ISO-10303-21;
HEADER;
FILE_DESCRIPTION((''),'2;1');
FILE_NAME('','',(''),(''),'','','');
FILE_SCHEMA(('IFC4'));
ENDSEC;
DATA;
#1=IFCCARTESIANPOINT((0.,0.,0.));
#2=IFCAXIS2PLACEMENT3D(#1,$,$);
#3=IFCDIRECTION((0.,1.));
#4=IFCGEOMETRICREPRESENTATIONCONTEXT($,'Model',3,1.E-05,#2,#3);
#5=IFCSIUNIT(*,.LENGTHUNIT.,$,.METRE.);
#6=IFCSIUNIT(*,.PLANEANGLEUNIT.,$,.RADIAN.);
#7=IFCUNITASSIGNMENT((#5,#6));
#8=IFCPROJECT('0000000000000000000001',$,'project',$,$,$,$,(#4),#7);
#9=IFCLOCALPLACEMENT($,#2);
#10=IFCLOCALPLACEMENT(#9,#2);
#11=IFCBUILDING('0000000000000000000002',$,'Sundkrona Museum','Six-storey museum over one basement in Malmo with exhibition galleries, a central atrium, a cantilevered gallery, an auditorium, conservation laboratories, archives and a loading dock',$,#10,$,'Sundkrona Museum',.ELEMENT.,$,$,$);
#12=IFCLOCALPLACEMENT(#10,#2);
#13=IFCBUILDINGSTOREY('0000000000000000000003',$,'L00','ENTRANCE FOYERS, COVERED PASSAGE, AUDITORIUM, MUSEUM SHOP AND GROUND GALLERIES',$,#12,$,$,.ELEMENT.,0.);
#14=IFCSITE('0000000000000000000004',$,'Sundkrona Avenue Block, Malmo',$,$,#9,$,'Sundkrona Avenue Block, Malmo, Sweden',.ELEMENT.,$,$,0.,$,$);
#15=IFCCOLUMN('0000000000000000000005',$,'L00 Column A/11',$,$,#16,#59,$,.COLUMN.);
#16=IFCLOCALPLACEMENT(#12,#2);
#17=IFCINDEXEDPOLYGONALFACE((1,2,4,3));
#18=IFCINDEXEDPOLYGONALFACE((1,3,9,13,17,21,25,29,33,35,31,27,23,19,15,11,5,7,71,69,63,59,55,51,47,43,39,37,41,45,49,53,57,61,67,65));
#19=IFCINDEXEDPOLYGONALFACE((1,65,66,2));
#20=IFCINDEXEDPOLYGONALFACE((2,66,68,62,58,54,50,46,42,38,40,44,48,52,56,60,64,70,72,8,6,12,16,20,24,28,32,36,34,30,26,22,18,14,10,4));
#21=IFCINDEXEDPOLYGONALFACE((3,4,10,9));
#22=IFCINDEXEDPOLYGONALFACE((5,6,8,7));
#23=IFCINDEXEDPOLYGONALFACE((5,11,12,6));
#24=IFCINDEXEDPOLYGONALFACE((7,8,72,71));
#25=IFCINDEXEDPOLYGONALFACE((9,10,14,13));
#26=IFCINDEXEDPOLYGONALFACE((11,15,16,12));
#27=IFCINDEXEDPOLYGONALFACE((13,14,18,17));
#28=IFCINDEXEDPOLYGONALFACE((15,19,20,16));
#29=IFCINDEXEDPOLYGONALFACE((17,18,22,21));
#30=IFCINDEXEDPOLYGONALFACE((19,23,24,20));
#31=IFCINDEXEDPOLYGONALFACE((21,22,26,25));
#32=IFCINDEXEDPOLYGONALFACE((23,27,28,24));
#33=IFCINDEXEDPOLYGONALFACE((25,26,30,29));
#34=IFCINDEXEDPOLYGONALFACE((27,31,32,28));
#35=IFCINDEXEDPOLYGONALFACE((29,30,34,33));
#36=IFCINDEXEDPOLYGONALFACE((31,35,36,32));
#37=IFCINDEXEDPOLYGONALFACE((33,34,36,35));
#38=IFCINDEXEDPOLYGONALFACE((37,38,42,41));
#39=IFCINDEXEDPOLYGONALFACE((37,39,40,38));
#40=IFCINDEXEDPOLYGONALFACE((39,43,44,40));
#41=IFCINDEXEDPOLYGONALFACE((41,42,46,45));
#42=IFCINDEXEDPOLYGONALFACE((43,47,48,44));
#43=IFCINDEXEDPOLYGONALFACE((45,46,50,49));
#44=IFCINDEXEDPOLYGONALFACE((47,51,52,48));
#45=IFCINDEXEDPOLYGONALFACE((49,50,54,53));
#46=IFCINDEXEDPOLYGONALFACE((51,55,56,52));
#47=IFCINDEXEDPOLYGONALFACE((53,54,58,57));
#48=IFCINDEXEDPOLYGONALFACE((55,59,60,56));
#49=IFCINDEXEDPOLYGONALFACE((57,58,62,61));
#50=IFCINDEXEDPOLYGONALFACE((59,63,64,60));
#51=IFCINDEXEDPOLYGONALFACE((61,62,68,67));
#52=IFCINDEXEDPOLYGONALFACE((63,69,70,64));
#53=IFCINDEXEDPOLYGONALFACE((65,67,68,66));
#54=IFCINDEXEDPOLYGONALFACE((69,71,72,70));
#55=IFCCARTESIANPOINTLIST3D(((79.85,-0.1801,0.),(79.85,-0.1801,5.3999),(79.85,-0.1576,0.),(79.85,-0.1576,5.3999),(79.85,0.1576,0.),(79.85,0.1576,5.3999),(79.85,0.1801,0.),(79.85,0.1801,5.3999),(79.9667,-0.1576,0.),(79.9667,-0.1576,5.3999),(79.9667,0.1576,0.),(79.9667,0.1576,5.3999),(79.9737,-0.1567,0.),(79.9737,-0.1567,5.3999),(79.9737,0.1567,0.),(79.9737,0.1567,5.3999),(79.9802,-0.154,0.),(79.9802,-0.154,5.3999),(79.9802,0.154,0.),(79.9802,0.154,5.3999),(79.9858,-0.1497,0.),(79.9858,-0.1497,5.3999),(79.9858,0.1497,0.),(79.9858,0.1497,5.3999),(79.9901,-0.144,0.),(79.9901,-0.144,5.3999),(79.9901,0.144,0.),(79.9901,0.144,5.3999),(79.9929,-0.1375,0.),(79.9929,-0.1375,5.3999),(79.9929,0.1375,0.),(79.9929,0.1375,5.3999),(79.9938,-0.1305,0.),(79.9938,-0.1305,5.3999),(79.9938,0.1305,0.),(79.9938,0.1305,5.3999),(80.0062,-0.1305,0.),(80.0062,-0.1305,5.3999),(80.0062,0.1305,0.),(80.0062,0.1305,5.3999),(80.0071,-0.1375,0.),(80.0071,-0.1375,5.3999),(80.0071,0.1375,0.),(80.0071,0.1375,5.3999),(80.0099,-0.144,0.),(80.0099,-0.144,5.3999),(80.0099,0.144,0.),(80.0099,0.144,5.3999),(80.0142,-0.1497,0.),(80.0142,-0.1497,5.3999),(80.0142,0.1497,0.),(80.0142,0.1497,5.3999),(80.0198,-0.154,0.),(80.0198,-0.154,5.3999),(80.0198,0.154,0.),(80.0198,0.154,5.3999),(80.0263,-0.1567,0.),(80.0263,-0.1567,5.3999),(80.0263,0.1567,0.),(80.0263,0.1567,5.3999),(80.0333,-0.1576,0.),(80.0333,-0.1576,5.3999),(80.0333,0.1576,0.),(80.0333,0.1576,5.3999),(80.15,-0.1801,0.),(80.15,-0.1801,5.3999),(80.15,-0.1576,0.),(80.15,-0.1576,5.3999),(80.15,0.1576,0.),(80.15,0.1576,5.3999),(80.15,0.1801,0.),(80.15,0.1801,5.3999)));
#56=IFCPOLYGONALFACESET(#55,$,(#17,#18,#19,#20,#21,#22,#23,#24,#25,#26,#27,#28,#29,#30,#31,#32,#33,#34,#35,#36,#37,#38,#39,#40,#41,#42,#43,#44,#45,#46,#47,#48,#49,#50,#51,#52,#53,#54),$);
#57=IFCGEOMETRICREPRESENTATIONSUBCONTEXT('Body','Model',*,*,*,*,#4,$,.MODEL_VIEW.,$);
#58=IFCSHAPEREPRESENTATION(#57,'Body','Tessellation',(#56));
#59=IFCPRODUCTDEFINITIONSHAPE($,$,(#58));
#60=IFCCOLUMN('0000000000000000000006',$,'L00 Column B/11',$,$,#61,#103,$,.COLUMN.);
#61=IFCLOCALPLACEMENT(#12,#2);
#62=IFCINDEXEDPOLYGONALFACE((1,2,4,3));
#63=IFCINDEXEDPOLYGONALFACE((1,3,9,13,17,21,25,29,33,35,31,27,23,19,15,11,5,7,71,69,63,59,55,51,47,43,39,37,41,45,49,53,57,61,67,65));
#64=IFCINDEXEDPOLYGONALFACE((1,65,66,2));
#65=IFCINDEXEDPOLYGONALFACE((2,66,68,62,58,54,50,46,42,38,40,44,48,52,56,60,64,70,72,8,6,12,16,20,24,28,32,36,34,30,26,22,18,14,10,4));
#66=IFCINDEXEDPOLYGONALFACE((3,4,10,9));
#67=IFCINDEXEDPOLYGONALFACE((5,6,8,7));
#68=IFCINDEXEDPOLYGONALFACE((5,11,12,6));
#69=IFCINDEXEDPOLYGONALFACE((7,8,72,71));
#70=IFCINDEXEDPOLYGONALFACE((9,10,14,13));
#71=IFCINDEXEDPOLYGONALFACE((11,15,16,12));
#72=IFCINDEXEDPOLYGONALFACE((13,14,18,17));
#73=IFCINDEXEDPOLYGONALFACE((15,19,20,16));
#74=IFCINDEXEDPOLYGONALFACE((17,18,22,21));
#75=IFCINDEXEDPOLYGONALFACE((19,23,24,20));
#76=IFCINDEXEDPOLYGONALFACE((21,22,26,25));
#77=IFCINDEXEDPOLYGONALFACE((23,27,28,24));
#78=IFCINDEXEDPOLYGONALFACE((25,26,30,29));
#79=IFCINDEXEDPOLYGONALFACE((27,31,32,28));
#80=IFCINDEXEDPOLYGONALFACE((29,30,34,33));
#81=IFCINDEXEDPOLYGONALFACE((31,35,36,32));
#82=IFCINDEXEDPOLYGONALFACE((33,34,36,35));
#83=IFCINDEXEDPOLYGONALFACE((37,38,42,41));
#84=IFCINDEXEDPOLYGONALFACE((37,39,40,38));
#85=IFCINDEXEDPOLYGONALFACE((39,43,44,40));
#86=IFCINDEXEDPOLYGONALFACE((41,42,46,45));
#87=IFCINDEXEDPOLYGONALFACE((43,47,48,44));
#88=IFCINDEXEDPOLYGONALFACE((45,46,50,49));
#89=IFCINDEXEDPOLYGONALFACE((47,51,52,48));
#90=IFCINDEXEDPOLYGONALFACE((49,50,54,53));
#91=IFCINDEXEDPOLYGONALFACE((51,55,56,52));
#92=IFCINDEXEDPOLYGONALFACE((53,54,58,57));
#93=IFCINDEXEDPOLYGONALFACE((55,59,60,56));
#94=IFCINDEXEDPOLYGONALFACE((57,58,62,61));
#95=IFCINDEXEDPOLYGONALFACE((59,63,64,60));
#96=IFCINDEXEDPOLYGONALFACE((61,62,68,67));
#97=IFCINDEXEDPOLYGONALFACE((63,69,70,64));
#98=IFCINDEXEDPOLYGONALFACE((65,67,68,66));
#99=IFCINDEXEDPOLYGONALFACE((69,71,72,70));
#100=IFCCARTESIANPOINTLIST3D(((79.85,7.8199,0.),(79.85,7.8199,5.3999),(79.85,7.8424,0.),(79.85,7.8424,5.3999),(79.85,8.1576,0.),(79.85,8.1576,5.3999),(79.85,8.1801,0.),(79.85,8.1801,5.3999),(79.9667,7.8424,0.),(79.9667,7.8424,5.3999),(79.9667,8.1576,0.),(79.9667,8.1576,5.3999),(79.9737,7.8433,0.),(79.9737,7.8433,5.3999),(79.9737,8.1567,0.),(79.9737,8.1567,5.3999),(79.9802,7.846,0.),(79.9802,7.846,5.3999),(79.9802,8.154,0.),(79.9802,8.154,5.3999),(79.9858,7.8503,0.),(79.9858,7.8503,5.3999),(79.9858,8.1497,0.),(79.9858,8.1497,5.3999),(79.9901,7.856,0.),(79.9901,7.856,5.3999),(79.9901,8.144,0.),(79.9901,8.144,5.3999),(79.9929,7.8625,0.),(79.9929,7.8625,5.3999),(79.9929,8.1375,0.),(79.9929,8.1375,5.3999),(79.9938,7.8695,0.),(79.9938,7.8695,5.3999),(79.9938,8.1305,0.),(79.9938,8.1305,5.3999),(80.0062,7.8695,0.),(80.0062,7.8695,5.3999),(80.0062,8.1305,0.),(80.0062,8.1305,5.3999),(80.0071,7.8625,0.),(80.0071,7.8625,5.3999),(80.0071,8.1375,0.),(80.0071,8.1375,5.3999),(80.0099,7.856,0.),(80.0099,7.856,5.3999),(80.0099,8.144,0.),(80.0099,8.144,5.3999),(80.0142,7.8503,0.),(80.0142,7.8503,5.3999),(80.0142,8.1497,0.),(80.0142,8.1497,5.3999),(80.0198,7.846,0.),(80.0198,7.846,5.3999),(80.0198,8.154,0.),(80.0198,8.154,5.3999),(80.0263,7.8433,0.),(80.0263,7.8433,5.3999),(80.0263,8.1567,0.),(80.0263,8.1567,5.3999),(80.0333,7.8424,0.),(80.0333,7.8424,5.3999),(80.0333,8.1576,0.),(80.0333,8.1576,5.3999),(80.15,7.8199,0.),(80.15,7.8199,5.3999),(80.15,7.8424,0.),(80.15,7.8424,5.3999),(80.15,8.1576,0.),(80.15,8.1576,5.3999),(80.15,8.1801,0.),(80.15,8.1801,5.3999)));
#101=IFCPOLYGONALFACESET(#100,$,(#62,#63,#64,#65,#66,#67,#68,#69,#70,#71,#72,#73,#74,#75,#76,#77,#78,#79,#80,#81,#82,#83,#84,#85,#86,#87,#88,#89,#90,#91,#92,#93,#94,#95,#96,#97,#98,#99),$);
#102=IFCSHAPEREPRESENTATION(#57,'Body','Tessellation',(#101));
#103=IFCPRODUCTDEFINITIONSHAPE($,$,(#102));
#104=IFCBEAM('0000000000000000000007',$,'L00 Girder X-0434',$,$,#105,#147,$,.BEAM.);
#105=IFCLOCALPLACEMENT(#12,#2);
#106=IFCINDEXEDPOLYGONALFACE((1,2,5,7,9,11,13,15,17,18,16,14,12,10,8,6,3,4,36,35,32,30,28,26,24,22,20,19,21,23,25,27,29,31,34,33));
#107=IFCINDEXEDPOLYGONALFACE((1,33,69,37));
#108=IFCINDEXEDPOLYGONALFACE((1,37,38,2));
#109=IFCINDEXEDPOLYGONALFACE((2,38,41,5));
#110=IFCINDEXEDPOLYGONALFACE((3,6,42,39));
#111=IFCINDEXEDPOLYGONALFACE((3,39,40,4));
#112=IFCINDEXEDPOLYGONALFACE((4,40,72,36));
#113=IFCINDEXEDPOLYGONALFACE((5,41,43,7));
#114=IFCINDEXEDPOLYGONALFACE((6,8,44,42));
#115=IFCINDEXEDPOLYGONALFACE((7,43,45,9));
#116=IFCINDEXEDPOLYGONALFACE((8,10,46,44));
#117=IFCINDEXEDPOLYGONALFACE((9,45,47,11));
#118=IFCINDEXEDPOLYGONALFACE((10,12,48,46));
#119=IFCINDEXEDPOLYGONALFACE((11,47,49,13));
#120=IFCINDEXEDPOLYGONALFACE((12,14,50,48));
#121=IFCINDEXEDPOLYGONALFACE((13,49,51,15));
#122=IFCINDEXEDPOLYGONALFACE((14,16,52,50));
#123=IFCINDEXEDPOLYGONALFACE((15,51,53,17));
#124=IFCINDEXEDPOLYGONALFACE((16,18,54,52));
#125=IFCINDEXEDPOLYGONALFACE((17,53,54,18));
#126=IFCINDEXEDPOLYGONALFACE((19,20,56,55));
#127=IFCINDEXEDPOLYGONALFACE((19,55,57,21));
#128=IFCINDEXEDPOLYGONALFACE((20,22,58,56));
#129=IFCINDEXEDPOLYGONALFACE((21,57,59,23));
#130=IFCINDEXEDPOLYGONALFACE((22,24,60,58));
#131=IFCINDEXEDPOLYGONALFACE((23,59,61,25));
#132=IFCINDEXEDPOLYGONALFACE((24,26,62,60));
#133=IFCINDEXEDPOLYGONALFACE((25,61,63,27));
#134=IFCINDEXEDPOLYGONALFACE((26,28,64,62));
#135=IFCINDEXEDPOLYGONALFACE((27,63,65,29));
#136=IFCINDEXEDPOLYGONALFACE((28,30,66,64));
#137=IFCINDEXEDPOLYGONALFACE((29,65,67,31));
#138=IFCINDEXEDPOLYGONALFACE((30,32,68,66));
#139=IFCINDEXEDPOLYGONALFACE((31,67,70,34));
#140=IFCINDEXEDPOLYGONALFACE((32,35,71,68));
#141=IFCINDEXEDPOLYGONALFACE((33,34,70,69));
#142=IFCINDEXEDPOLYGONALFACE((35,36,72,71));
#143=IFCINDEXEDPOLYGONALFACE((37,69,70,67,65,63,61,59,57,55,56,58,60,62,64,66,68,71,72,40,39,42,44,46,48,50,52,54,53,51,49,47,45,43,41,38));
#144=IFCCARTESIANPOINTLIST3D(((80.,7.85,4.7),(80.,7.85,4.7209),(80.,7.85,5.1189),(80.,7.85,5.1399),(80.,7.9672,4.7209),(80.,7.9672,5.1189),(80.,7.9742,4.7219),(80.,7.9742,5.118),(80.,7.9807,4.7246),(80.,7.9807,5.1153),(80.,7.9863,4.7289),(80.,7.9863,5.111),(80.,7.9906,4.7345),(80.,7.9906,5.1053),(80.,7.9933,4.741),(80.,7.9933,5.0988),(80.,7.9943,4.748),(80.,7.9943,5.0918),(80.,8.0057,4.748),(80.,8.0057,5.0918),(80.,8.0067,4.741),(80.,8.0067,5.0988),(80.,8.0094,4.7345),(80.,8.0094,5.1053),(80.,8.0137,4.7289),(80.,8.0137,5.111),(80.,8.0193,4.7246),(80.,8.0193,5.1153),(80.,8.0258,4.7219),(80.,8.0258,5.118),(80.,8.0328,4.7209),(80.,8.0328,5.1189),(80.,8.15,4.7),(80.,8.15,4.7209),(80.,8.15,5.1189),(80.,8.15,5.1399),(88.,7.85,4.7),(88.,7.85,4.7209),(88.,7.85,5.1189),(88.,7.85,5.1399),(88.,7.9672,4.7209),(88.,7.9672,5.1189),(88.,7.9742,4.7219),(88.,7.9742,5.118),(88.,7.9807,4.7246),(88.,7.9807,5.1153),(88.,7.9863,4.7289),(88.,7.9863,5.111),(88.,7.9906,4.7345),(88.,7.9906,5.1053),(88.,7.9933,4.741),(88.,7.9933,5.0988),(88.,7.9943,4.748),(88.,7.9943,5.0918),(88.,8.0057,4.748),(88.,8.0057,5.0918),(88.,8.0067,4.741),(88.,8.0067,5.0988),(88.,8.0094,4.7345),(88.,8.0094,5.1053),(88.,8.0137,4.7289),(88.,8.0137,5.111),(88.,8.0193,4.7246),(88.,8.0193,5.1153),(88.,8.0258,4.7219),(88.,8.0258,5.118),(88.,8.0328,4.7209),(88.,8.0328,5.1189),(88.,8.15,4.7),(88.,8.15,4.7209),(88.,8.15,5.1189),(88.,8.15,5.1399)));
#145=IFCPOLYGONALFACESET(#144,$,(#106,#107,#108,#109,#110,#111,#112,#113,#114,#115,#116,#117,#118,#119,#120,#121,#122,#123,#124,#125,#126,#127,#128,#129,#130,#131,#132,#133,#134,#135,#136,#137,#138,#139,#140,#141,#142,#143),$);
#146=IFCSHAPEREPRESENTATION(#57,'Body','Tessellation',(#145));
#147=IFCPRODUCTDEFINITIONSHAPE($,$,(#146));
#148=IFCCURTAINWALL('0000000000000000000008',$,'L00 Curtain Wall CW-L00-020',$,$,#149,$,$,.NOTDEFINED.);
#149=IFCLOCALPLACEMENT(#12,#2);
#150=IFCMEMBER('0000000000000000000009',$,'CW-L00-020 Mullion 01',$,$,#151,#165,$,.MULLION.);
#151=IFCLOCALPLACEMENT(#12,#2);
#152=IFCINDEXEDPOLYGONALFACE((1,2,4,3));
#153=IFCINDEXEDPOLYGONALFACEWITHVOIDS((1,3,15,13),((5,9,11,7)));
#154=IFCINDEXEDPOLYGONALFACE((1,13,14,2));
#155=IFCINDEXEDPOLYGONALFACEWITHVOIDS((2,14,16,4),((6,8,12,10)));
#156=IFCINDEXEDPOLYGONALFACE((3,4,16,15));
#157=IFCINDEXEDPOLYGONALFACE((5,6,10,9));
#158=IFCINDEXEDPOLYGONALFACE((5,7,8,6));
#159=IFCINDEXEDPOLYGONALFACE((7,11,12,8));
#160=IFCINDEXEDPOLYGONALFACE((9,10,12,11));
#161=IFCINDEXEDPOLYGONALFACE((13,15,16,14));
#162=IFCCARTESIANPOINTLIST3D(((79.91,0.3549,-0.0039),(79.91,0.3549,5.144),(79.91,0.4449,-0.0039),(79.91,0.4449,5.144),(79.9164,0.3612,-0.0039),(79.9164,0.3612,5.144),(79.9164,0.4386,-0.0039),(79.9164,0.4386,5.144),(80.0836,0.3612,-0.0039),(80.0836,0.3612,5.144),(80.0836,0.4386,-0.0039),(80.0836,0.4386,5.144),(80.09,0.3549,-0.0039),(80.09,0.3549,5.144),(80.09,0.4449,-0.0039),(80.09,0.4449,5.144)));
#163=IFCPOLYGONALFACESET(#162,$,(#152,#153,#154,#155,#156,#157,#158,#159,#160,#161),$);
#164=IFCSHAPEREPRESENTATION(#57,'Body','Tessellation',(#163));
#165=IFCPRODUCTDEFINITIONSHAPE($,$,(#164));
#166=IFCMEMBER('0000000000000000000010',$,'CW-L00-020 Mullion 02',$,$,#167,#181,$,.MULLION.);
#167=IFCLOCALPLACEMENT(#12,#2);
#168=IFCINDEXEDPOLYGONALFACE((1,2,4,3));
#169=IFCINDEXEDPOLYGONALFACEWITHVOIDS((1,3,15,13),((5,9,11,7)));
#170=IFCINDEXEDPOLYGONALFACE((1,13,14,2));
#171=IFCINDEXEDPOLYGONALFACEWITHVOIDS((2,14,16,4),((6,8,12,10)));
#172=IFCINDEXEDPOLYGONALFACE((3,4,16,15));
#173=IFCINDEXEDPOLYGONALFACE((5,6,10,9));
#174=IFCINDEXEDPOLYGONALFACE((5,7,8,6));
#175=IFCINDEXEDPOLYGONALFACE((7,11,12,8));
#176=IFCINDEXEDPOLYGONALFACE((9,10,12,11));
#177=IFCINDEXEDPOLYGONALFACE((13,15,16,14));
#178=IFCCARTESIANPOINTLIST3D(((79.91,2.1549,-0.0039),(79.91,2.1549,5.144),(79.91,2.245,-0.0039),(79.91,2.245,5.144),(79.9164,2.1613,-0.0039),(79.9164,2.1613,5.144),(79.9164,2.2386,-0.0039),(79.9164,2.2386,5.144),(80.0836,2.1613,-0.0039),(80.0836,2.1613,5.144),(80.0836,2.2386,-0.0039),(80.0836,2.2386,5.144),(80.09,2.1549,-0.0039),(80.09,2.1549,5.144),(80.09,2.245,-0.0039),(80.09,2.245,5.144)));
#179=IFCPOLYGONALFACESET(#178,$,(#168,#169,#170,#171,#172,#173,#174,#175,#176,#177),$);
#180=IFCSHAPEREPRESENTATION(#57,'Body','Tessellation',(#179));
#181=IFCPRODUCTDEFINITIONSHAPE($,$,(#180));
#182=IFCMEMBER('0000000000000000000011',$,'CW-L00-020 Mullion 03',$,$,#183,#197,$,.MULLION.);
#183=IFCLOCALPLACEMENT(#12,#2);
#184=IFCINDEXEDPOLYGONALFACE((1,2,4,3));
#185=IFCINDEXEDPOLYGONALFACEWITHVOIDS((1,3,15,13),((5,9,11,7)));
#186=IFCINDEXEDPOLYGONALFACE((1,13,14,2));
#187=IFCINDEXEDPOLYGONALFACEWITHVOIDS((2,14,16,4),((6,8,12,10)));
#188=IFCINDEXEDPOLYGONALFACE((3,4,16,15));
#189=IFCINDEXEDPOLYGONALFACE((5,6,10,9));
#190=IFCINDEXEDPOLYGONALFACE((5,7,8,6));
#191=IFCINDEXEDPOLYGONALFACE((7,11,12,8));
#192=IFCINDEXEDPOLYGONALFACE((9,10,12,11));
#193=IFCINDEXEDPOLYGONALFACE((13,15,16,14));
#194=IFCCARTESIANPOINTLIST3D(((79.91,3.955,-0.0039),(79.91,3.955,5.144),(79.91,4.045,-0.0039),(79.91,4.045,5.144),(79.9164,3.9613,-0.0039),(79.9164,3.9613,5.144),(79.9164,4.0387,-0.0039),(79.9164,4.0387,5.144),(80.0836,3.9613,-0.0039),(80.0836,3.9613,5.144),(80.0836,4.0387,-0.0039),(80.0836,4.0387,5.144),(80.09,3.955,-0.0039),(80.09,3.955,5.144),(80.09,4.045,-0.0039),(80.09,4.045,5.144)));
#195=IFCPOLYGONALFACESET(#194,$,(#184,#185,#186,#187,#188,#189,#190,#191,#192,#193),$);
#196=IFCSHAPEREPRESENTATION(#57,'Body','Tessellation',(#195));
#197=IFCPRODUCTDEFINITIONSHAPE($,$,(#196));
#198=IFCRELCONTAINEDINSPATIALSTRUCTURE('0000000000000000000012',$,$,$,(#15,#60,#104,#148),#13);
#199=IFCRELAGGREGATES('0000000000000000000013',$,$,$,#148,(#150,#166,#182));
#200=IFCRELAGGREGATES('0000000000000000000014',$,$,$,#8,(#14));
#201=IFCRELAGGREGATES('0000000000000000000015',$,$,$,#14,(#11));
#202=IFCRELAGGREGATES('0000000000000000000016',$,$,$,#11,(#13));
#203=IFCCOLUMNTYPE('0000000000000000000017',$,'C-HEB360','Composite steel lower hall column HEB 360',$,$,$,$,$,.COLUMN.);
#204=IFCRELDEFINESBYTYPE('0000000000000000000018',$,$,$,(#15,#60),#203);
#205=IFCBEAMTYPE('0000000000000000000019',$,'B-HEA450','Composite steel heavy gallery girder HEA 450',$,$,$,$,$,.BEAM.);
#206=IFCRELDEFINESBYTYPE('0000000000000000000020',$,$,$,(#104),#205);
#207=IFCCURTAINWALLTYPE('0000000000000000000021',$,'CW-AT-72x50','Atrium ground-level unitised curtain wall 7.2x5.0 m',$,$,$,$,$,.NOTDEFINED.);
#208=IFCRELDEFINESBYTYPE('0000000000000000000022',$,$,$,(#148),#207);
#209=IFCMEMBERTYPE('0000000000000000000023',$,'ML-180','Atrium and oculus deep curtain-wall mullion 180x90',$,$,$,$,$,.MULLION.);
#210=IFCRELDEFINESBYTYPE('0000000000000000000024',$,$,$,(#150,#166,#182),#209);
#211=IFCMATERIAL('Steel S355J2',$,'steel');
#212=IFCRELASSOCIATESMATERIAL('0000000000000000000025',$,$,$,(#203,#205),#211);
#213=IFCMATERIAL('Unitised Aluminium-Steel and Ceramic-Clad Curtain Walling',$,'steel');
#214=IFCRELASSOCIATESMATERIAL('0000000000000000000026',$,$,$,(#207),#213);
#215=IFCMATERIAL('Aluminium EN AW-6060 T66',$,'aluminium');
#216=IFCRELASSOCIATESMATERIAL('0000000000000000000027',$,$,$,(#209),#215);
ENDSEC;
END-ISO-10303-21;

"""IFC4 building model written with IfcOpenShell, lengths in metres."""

from ifc_helpers import new_model, si_unit, direction, frame, origin, origin_2d, place, context, subcontext, project, spatial, hollow_rectangle, i_section, extrude, material, material_profile, profile_set, type_object, element, aggregate, save


model = new_model("IFC4")

# Units and contexts
model_context = context("Model", 3, precision=1e-05, world=origin(), true_north=direction((0.0, 1.0)))
body_context = subcontext(model_context, "Body", "Model", "MODEL_VIEW")
ifc_project = project(units=[si_unit("LENGTHUNIT", "METRE"), si_unit("PLANEANGLEUNIT", "RADIAN")], contexts=[model_context])

# Site, building, storey
site_placement = place(None, origin())
site = spatial("IfcSite", under=ifc_project, at=site_placement, Name="Sundkrona Avenue Block, Malmo", LongName="Sundkrona Avenue Block, Malmo, Sweden", CompositionType="ELEMENT", RefElevation=0.0)
building_placement = place(site_placement, origin())
building = spatial("IfcBuilding", under=site, at=building_placement, Name="Sundkrona Museum", Description="Six-storey museum over one basement in Malmo with exhibition galleries, a central atrium, a cantilevered gallery, an auditorium, conservation laboratories, archives and a loading dock", LongName="Sundkrona Museum", CompositionType="ELEMENT")
storey_placement = place(building_placement, origin())
storey = spatial("IfcBuildingStorey", under=building, at=storey_placement, Name="L00", Description="ENTRANCE FOYERS, COVERED PASSAGE, AUDITORIUM, MUSEUM SHOP AND GROUND GALLERIES", CompositionType="ELEMENT", Elevation=0.0)

# Columns
ifc_material_1 = material(Name="Steel S355J2", Category="steel")
ifc_material_profile_1 = material_profile(ifc_material_1, i_section(OverallWidth=0.3, OverallDepth=0.3601, WebThickness=0.0125, FlangeThickness=0.0225, FilletRadius=0.0271, at=origin_2d()), Name="HEB 360")
ifc_profile_set_1 = profile_set([ifc_material_profile_1], Name="Steel S355J2")
column_type = type_object("IfcColumnType", Name="C-HEB360", Description="Composite steel lower hall column HEB 360", PredefinedType="COLUMN", material=ifc_profile_set_1)
for number, where, z_axis, x_axis, name in (
    (1, (80.0, 0.0, 0.0), (0.0, 0.0, 1.0), (1.0, 0.0, 0.0), "L00 Column A/11"),
    (2, (80.0, 8.0, 0.0), (0.0, 0.0, 1.0), (1.0, 0.0, 0.0), "L00 Column B/11"),
):
    element("IfcColumn", number, at=place(storey_placement, frame(where, z_axis=z_axis, x_axis=x_axis)), inside=storey, type_object=column_type, Name=name, PredefinedType="COLUMN", context=body_context, shape_type="SweptSolid", body=[
        extrude(i_section(OverallWidth=0.3, OverallDepth=0.3601, WebThickness=0.0125, FlangeThickness=0.0225, FilletRadius=0.0271, at=origin_2d()), origin(), (0.0, 0.0, 1.0), 5.3999),
    ])

# Beam
ifc_material_profile_2 = material_profile(ifc_material_1, i_section(OverallWidth=0.3, OverallDepth=0.4399, WebThickness=0.0115, FlangeThickness=0.021, FilletRadius=0.0271, at=origin_2d()), Name="HEA 450")
ifc_profile_set_2 = profile_set([ifc_material_profile_2], Name="Steel S355J2")
beam_type_1 = type_object("IfcBeamType", Name="B-HEA450", Description="Composite steel heavy gallery girder HEA 450", PredefinedType="BEAM", material=ifc_profile_set_2)
beam_placement = place(storey_placement, frame((80.0, 8.0, 4.9199), z_axis=(1.0, 0.0, 0.0), x_axis=(0.0, 1.0, 0.0)))
element("IfcBeam", 3, at=beam_placement, inside=storey, type_object=beam_type_1, Name="L00 Girder X-0434", PredefinedType="BEAM", context=body_context, shape_type="SweptSolid", body=[
    extrude(i_section(OverallWidth=0.3, OverallDepth=0.4399, WebThickness=0.0115, FlangeThickness=0.021, FilletRadius=0.0271, at=origin_2d()), origin(), (0.0, 0.0, 1.0), 8.0),
])

# Curtain wall, members
ifc_material_2 = material(Name="Unitised Aluminium-Steel and Ceramic-Clad Curtain Walling", Category="steel")
curtain_wall_type = type_object("IfcCurtainWallType", Name="CW-AT-72x50", Description="Atrium ground-level unitised curtain wall 7.2x5.0 m", PredefinedType="NOTDEFINED", material=ifc_material_2)
curtain_wall_1_placement = place(storey_placement, origin())
curtain_wall_1 = element("IfcCurtainWall", 4, at=curtain_wall_1_placement, inside=storey, type_object=curtain_wall_type, Name="L00 Curtain Wall CW-L00-020", PredefinedType="NOTDEFINED")
ifc_material_3 = material(Name="Aluminium EN AW-6060 T66", Category="aluminium")
ifc_material_profile_3 = material_profile(ifc_material_3, hollow_rectangle(XDim=0.0901, YDim=0.1799, WallThickness=0.0063, at=origin_2d()), Name="RHS 180x90x6.3")
ifc_profile_set_3 = profile_set([ifc_material_profile_3], Name="Aluminium EN AW-6060 T66")
member_type_1 = type_object("IfcMemberType", Name="ML-180", Description="Atrium and oculus deep curtain-wall mullion 180x90", PredefinedType="MULLION", material=ifc_profile_set_3)
member_1_placement = place(storey_placement, frame((80.0, 0.3999, -0.0039), z_axis=(0.0, 0.0, 1.0), x_axis=(0.0, 1.0, 0.0)))
member_1 = element("IfcMember", 5, at=member_1_placement, type_object=member_type_1, Name="CW-L00-020 Mullion 01", PredefinedType="MULLION", context=body_context, shape_type="SweptSolid", body=[
    extrude(hollow_rectangle(XDim=0.0901, YDim=0.1799, WallThickness=0.0063, at=origin_2d()), origin(), (0.0, 0.0, 1.0), 5.1479),
])
member_2_placement = place(storey_placement, frame((80.0, 2.2, -0.0039), z_axis=(0.0, 0.0, 1.0), x_axis=(0.0, 1.0, 0.0)))
member_2 = element("IfcMember", 6, at=member_2_placement, type_object=member_type_1, Name="CW-L00-020 Mullion 02", PredefinedType="MULLION", context=body_context, shape_type="SweptSolid", body=[
    extrude(hollow_rectangle(XDim=0.0901, YDim=0.1799, WallThickness=0.0063, at=origin_2d()), origin(), (0.0, 0.0, 1.0), 5.1479),
])
member_3_placement = place(storey_placement, frame((80.0, 4.0, -0.0039), z_axis=(0.0, 0.0, 1.0), x_axis=(0.0, 1.0, 0.0)))
member_3 = element("IfcMember", 7, at=member_3_placement, type_object=member_type_1, Name="CW-L00-020 Mullion 03", PredefinedType="MULLION", context=body_context, shape_type="SweptSolid", body=[
    extrude(hollow_rectangle(XDim=0.0901, YDim=0.1799, WallThickness=0.0063, at=origin_2d()), origin(), (0.0, 0.0, 1.0), 5.1479),
])

aggregate(curtain_wall_1, [member_1, member_2, member_3])

save(model, "model.ifc")
